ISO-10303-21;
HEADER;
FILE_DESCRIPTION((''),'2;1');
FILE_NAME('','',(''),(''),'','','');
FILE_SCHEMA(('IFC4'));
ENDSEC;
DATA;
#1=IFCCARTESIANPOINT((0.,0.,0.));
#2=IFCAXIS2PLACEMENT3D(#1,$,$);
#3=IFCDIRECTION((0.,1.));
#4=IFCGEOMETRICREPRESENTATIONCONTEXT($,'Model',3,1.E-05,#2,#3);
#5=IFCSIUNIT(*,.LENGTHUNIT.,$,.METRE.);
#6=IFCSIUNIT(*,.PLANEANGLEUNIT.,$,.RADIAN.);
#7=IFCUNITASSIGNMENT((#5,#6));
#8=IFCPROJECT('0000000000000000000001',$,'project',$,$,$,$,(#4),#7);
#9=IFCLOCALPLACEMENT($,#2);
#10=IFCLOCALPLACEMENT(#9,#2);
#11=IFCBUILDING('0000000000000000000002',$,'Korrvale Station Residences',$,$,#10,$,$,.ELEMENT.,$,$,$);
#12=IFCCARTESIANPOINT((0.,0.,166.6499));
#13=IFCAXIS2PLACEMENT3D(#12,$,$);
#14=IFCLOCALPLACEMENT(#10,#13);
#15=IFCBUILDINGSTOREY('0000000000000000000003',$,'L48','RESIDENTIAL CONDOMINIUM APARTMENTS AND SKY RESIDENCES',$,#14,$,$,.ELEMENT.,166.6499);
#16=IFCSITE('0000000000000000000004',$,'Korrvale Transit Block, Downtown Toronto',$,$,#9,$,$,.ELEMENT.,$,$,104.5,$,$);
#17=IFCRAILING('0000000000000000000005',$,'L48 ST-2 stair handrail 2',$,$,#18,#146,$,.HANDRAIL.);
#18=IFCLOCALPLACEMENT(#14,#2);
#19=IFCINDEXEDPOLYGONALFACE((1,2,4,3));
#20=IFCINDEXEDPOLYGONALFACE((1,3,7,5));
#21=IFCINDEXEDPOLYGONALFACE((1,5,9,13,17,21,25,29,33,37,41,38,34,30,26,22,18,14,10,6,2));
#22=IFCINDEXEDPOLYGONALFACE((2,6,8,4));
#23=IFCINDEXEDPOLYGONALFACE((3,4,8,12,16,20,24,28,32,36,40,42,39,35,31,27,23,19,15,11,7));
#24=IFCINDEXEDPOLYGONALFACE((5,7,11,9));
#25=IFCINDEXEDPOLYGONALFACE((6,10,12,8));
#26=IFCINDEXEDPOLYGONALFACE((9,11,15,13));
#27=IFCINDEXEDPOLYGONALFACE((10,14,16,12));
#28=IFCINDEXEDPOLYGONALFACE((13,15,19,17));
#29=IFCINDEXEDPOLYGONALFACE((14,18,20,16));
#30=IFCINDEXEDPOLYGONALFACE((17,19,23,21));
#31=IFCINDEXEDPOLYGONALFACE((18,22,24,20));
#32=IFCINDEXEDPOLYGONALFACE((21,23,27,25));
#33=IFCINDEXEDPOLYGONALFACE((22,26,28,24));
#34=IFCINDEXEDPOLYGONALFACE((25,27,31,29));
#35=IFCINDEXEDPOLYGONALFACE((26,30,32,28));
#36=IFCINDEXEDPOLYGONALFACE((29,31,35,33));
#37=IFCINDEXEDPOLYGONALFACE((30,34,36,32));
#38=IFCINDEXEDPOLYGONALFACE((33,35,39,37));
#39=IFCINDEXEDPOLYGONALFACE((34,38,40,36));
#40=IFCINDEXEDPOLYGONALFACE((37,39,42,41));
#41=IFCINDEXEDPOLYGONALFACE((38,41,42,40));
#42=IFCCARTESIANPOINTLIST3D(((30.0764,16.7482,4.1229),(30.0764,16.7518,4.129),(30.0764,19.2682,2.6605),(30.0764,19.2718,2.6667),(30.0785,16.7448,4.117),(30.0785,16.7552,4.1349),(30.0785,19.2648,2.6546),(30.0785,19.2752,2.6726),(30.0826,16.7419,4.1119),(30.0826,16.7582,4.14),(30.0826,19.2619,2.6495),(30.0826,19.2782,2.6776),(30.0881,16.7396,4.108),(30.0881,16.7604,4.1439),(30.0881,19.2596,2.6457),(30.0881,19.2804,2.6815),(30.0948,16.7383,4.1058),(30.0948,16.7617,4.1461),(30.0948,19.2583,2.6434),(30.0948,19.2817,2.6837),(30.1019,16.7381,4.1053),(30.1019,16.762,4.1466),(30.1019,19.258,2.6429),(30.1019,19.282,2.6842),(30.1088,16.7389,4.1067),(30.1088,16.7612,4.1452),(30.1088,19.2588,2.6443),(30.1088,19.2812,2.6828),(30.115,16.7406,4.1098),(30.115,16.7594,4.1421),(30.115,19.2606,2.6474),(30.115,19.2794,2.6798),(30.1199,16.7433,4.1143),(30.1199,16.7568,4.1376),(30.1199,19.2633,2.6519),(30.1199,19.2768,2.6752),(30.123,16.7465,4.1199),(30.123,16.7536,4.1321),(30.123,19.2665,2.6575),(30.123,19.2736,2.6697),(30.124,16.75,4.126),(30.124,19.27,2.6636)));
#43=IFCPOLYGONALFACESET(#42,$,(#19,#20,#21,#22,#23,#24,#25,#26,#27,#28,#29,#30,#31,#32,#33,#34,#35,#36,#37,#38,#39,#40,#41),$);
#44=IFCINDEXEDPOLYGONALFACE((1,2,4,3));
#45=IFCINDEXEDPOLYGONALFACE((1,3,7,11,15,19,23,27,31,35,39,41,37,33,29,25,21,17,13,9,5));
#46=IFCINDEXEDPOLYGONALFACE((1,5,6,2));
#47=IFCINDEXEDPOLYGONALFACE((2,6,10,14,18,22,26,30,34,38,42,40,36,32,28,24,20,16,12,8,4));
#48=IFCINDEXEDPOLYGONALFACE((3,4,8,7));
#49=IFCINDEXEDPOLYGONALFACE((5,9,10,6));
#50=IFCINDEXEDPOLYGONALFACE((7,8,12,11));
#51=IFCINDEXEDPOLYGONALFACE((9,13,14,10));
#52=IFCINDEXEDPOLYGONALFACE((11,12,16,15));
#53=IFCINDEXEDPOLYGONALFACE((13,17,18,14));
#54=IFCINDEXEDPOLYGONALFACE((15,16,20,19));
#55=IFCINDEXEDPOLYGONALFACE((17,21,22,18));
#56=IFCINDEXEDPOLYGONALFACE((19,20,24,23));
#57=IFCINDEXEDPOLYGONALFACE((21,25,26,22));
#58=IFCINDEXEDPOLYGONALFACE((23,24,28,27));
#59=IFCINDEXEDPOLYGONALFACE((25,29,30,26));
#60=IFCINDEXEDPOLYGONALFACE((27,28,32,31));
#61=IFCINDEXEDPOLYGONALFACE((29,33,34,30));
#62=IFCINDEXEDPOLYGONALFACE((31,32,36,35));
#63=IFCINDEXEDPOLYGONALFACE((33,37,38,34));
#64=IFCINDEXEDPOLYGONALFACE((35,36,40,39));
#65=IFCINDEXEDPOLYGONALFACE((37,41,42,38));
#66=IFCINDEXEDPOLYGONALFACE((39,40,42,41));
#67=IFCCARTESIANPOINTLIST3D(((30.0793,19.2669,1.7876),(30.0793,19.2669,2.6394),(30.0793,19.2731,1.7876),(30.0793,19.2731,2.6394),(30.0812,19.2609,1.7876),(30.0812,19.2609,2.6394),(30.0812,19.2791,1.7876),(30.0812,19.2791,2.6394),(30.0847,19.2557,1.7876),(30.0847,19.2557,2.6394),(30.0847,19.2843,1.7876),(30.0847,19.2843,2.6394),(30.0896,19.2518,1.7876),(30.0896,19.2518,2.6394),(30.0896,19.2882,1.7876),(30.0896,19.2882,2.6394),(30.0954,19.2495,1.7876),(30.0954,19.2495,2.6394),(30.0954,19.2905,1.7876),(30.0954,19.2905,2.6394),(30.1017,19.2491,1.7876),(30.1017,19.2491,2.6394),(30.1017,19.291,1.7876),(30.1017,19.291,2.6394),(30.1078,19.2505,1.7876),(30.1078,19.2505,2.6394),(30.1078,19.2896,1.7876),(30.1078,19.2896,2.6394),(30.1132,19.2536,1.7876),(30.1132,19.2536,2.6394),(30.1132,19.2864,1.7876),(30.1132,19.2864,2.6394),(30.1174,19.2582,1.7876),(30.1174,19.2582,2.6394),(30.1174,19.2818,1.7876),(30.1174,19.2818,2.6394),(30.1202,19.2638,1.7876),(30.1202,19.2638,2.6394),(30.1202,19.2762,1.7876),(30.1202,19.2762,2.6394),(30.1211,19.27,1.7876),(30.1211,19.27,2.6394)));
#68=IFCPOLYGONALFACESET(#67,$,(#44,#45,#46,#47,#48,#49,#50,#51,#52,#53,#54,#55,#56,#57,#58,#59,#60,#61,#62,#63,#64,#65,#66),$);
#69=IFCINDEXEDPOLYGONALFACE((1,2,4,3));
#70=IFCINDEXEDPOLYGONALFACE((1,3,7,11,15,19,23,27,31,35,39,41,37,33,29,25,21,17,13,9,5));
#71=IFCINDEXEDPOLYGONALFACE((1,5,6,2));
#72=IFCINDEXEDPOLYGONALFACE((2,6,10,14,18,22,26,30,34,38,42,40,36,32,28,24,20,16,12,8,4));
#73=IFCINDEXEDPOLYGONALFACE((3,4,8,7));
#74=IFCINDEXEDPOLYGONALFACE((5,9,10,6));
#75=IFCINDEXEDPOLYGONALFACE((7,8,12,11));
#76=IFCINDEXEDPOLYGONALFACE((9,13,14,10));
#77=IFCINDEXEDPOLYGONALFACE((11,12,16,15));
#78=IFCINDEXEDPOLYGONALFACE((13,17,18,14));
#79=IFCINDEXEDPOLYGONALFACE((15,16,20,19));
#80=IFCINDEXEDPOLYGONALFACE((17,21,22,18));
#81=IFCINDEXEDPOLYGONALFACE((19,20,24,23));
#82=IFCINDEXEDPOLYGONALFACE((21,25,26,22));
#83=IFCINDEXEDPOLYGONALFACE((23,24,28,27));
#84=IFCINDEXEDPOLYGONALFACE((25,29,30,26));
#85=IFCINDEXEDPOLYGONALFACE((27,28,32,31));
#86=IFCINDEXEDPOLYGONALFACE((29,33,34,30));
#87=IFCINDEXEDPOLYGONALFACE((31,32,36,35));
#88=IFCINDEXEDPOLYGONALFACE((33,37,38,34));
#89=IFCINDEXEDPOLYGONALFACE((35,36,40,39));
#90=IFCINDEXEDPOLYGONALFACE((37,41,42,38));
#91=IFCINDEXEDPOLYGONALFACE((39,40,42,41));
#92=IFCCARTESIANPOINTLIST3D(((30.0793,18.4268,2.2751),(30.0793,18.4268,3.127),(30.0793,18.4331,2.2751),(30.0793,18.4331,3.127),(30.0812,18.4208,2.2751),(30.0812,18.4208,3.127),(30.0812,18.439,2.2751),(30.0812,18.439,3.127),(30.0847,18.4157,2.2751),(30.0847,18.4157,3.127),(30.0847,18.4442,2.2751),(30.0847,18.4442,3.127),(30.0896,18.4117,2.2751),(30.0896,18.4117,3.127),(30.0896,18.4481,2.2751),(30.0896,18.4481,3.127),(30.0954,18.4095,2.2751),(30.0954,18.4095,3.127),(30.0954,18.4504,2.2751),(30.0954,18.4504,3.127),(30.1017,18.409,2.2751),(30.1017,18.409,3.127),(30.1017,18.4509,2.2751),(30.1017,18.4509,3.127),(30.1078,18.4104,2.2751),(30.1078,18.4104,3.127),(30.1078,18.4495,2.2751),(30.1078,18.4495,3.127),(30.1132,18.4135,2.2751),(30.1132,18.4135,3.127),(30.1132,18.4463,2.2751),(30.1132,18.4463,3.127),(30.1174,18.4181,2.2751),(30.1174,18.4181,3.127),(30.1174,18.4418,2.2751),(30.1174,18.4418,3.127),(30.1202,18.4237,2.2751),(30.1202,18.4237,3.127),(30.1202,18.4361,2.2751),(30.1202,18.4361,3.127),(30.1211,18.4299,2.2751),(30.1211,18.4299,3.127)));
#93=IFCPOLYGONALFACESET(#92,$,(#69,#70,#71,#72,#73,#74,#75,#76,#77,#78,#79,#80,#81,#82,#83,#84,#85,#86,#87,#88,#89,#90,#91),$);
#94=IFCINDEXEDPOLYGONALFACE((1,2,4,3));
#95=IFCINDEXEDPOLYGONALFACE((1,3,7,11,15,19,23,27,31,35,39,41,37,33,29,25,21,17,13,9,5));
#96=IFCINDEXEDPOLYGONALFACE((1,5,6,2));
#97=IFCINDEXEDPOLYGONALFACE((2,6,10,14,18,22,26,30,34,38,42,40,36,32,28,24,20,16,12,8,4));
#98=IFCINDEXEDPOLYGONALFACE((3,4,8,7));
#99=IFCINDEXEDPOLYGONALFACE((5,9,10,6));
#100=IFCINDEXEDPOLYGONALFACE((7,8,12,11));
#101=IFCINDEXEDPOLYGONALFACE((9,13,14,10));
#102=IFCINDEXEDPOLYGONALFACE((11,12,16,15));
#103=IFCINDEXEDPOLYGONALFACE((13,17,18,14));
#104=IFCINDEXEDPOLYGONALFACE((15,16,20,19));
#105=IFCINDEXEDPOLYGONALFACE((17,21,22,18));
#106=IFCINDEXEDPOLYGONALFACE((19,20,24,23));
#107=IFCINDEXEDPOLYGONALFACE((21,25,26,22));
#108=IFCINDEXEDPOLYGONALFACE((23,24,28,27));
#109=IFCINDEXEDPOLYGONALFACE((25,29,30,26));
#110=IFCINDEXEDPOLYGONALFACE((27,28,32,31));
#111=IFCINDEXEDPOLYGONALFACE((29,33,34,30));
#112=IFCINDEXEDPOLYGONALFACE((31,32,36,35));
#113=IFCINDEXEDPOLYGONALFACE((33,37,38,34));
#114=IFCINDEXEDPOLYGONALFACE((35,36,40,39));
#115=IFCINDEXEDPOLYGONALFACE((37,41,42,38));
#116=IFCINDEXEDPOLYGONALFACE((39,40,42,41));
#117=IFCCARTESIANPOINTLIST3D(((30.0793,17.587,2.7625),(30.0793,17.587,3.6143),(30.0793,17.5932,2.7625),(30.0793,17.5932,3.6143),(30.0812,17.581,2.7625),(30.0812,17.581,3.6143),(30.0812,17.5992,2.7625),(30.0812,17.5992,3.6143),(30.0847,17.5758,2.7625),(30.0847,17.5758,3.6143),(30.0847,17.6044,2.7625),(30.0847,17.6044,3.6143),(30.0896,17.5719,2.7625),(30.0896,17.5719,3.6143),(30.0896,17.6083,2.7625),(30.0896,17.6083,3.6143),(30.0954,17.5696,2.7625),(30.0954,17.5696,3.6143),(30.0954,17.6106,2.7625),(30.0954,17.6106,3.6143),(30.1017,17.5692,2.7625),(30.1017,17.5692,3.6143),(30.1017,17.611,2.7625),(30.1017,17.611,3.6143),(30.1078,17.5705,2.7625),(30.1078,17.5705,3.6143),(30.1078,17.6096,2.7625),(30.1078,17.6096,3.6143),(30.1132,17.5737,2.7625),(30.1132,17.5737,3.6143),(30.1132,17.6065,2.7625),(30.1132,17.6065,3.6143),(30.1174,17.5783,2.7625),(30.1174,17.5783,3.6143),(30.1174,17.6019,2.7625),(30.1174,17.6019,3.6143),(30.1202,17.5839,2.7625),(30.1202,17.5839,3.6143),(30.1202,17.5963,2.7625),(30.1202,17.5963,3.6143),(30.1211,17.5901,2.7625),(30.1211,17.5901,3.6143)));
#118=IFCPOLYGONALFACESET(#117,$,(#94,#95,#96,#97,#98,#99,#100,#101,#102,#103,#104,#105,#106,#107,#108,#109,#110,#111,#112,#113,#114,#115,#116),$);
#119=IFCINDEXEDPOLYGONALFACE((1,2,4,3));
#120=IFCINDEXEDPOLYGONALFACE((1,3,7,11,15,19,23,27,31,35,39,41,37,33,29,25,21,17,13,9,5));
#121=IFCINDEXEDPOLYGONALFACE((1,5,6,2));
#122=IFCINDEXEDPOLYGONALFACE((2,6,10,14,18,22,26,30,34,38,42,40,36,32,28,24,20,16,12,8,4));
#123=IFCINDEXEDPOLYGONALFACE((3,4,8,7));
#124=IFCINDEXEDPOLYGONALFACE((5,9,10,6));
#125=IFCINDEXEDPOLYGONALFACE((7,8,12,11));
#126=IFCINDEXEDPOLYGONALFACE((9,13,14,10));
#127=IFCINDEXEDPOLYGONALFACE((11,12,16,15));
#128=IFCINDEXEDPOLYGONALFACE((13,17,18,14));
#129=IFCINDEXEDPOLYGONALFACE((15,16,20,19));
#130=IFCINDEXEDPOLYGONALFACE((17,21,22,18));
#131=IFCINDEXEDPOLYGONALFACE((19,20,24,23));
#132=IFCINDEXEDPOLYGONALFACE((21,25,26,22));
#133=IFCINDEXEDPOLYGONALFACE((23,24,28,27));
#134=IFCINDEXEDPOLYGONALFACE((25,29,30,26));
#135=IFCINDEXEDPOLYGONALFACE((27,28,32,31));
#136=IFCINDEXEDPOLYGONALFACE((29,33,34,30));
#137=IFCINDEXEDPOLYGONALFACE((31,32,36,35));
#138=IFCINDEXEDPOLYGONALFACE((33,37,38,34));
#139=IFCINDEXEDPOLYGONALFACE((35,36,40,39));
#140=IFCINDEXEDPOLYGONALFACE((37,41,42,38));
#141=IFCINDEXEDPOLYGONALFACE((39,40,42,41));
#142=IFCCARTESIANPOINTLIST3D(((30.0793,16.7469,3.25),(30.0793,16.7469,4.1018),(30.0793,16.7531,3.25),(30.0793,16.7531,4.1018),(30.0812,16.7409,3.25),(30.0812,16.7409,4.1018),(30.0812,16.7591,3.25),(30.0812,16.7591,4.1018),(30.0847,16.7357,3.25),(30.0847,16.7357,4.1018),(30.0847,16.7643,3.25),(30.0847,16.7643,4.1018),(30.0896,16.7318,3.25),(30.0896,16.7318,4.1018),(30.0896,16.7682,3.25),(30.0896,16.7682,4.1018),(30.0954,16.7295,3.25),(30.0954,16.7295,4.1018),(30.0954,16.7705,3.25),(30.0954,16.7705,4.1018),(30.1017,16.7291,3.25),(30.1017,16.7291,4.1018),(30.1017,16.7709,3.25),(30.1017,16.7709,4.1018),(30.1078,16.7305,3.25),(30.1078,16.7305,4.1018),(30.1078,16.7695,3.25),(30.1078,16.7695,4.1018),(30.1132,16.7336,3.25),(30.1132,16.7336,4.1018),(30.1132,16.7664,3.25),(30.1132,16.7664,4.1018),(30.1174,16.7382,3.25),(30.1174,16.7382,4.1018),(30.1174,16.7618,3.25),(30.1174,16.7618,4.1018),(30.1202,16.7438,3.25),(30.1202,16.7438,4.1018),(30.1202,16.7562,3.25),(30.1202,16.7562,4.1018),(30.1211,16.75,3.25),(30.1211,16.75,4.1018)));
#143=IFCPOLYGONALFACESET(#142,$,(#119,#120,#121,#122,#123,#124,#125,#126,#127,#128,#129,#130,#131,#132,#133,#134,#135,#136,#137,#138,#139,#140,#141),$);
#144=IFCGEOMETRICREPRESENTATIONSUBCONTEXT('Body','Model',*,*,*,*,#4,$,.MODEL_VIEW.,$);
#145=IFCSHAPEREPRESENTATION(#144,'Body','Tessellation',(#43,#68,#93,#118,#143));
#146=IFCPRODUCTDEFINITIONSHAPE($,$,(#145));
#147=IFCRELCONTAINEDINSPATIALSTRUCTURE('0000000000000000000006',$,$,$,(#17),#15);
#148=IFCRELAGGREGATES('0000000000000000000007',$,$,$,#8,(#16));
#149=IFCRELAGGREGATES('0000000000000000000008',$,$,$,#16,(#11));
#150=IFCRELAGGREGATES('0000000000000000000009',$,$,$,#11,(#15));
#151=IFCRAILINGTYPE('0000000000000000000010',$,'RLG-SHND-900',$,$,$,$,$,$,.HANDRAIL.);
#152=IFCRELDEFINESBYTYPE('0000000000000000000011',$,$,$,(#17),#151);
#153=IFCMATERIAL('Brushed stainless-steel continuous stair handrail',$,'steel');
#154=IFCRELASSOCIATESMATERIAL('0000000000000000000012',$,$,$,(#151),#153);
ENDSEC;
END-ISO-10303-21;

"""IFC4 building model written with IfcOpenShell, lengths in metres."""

from ifc_helpers import new_model, si_unit, direction, frame, origin, origin_2d, place, context, subcontext, project, spatial, circle, extrude, material, type_object, element, save


model = new_model("IFC4")

# Units and contexts
model_context = context("Model", 3, precision=1e-05, world=origin(), true_north=direction((0.0, 1.0)))
body_context = subcontext(model_context, "Body", "Model", "MODEL_VIEW")
ifc_project = project(units=[si_unit("LENGTHUNIT", "METRE"), si_unit("PLANEANGLEUNIT", "RADIAN")], contexts=[model_context])

# Site, building, storey
site_placement = place(None, origin())
site = spatial("IfcSite", under=ifc_project, at=site_placement, Name="Korrvale Transit Block, Downtown Toronto", CompositionType="ELEMENT", RefElevation=104.5)
building_placement = place(site_placement, origin())
building = spatial("IfcBuilding", under=site, at=building_placement, Name="Korrvale Station Residences", CompositionType="ELEMENT")
storey_placement = place(building_placement, frame((0.0, 0.0, 166.6499)))
storey = spatial("IfcBuildingStorey", under=building, at=storey_placement, Name="L48", Description="RESIDENTIAL CONDOMINIUM APARTMENTS AND SKY RESIDENCES", CompositionType="ELEMENT", Elevation=166.6499)

# Railing
ifc_material_1 = material(Name="Brushed stainless-steel continuous stair handrail", Category="steel")
railing_type_1 = type_object("IfcRailingType", Name="RLG-SHND-900", PredefinedType="HANDRAIL", material=ifc_material_1)
railing_1_placement = place(storey_placement, frame((30.1001, 19.27, 1.7876)))
element("IfcRailing", 1, at=railing_1_placement, inside=storey, type_object=railing_type_1, Name="L48 ST-2 stair handrail 2", PredefinedType="HANDRAIL", context=body_context, shape_type="SweptSolid", body=[
    extrude(circle(Radius=0.0239, at=origin_2d()), frame((0.0, 0.0, 0.876), z_axis=(0.0, -0.864913, 0.501921), x_axis=(1.0, 0.0, 0.0)), (0.0, 0.0, 1.0), 2.9136),
    extrude(circle(Radius=0.021, at=origin_2d()), origin(), (0.0, 0.0, 1.0), 0.8518),
    extrude(circle(Radius=0.021, at=origin_2d()), frame((0.0, -0.8401, 0.4875)), (0.0, 0.0, 1.0), 0.8518),
    extrude(circle(Radius=0.021, at=origin_2d()), frame((0.0, -1.6799, 0.9749)), (0.0, 0.0, 1.0), 0.8518),
    extrude(circle(Radius=0.021, at=origin_2d()), frame((0.0, -2.52, 1.4624)), (0.0, 0.0, 1.0), 0.8518),
])

save(model, "model.ifc")
